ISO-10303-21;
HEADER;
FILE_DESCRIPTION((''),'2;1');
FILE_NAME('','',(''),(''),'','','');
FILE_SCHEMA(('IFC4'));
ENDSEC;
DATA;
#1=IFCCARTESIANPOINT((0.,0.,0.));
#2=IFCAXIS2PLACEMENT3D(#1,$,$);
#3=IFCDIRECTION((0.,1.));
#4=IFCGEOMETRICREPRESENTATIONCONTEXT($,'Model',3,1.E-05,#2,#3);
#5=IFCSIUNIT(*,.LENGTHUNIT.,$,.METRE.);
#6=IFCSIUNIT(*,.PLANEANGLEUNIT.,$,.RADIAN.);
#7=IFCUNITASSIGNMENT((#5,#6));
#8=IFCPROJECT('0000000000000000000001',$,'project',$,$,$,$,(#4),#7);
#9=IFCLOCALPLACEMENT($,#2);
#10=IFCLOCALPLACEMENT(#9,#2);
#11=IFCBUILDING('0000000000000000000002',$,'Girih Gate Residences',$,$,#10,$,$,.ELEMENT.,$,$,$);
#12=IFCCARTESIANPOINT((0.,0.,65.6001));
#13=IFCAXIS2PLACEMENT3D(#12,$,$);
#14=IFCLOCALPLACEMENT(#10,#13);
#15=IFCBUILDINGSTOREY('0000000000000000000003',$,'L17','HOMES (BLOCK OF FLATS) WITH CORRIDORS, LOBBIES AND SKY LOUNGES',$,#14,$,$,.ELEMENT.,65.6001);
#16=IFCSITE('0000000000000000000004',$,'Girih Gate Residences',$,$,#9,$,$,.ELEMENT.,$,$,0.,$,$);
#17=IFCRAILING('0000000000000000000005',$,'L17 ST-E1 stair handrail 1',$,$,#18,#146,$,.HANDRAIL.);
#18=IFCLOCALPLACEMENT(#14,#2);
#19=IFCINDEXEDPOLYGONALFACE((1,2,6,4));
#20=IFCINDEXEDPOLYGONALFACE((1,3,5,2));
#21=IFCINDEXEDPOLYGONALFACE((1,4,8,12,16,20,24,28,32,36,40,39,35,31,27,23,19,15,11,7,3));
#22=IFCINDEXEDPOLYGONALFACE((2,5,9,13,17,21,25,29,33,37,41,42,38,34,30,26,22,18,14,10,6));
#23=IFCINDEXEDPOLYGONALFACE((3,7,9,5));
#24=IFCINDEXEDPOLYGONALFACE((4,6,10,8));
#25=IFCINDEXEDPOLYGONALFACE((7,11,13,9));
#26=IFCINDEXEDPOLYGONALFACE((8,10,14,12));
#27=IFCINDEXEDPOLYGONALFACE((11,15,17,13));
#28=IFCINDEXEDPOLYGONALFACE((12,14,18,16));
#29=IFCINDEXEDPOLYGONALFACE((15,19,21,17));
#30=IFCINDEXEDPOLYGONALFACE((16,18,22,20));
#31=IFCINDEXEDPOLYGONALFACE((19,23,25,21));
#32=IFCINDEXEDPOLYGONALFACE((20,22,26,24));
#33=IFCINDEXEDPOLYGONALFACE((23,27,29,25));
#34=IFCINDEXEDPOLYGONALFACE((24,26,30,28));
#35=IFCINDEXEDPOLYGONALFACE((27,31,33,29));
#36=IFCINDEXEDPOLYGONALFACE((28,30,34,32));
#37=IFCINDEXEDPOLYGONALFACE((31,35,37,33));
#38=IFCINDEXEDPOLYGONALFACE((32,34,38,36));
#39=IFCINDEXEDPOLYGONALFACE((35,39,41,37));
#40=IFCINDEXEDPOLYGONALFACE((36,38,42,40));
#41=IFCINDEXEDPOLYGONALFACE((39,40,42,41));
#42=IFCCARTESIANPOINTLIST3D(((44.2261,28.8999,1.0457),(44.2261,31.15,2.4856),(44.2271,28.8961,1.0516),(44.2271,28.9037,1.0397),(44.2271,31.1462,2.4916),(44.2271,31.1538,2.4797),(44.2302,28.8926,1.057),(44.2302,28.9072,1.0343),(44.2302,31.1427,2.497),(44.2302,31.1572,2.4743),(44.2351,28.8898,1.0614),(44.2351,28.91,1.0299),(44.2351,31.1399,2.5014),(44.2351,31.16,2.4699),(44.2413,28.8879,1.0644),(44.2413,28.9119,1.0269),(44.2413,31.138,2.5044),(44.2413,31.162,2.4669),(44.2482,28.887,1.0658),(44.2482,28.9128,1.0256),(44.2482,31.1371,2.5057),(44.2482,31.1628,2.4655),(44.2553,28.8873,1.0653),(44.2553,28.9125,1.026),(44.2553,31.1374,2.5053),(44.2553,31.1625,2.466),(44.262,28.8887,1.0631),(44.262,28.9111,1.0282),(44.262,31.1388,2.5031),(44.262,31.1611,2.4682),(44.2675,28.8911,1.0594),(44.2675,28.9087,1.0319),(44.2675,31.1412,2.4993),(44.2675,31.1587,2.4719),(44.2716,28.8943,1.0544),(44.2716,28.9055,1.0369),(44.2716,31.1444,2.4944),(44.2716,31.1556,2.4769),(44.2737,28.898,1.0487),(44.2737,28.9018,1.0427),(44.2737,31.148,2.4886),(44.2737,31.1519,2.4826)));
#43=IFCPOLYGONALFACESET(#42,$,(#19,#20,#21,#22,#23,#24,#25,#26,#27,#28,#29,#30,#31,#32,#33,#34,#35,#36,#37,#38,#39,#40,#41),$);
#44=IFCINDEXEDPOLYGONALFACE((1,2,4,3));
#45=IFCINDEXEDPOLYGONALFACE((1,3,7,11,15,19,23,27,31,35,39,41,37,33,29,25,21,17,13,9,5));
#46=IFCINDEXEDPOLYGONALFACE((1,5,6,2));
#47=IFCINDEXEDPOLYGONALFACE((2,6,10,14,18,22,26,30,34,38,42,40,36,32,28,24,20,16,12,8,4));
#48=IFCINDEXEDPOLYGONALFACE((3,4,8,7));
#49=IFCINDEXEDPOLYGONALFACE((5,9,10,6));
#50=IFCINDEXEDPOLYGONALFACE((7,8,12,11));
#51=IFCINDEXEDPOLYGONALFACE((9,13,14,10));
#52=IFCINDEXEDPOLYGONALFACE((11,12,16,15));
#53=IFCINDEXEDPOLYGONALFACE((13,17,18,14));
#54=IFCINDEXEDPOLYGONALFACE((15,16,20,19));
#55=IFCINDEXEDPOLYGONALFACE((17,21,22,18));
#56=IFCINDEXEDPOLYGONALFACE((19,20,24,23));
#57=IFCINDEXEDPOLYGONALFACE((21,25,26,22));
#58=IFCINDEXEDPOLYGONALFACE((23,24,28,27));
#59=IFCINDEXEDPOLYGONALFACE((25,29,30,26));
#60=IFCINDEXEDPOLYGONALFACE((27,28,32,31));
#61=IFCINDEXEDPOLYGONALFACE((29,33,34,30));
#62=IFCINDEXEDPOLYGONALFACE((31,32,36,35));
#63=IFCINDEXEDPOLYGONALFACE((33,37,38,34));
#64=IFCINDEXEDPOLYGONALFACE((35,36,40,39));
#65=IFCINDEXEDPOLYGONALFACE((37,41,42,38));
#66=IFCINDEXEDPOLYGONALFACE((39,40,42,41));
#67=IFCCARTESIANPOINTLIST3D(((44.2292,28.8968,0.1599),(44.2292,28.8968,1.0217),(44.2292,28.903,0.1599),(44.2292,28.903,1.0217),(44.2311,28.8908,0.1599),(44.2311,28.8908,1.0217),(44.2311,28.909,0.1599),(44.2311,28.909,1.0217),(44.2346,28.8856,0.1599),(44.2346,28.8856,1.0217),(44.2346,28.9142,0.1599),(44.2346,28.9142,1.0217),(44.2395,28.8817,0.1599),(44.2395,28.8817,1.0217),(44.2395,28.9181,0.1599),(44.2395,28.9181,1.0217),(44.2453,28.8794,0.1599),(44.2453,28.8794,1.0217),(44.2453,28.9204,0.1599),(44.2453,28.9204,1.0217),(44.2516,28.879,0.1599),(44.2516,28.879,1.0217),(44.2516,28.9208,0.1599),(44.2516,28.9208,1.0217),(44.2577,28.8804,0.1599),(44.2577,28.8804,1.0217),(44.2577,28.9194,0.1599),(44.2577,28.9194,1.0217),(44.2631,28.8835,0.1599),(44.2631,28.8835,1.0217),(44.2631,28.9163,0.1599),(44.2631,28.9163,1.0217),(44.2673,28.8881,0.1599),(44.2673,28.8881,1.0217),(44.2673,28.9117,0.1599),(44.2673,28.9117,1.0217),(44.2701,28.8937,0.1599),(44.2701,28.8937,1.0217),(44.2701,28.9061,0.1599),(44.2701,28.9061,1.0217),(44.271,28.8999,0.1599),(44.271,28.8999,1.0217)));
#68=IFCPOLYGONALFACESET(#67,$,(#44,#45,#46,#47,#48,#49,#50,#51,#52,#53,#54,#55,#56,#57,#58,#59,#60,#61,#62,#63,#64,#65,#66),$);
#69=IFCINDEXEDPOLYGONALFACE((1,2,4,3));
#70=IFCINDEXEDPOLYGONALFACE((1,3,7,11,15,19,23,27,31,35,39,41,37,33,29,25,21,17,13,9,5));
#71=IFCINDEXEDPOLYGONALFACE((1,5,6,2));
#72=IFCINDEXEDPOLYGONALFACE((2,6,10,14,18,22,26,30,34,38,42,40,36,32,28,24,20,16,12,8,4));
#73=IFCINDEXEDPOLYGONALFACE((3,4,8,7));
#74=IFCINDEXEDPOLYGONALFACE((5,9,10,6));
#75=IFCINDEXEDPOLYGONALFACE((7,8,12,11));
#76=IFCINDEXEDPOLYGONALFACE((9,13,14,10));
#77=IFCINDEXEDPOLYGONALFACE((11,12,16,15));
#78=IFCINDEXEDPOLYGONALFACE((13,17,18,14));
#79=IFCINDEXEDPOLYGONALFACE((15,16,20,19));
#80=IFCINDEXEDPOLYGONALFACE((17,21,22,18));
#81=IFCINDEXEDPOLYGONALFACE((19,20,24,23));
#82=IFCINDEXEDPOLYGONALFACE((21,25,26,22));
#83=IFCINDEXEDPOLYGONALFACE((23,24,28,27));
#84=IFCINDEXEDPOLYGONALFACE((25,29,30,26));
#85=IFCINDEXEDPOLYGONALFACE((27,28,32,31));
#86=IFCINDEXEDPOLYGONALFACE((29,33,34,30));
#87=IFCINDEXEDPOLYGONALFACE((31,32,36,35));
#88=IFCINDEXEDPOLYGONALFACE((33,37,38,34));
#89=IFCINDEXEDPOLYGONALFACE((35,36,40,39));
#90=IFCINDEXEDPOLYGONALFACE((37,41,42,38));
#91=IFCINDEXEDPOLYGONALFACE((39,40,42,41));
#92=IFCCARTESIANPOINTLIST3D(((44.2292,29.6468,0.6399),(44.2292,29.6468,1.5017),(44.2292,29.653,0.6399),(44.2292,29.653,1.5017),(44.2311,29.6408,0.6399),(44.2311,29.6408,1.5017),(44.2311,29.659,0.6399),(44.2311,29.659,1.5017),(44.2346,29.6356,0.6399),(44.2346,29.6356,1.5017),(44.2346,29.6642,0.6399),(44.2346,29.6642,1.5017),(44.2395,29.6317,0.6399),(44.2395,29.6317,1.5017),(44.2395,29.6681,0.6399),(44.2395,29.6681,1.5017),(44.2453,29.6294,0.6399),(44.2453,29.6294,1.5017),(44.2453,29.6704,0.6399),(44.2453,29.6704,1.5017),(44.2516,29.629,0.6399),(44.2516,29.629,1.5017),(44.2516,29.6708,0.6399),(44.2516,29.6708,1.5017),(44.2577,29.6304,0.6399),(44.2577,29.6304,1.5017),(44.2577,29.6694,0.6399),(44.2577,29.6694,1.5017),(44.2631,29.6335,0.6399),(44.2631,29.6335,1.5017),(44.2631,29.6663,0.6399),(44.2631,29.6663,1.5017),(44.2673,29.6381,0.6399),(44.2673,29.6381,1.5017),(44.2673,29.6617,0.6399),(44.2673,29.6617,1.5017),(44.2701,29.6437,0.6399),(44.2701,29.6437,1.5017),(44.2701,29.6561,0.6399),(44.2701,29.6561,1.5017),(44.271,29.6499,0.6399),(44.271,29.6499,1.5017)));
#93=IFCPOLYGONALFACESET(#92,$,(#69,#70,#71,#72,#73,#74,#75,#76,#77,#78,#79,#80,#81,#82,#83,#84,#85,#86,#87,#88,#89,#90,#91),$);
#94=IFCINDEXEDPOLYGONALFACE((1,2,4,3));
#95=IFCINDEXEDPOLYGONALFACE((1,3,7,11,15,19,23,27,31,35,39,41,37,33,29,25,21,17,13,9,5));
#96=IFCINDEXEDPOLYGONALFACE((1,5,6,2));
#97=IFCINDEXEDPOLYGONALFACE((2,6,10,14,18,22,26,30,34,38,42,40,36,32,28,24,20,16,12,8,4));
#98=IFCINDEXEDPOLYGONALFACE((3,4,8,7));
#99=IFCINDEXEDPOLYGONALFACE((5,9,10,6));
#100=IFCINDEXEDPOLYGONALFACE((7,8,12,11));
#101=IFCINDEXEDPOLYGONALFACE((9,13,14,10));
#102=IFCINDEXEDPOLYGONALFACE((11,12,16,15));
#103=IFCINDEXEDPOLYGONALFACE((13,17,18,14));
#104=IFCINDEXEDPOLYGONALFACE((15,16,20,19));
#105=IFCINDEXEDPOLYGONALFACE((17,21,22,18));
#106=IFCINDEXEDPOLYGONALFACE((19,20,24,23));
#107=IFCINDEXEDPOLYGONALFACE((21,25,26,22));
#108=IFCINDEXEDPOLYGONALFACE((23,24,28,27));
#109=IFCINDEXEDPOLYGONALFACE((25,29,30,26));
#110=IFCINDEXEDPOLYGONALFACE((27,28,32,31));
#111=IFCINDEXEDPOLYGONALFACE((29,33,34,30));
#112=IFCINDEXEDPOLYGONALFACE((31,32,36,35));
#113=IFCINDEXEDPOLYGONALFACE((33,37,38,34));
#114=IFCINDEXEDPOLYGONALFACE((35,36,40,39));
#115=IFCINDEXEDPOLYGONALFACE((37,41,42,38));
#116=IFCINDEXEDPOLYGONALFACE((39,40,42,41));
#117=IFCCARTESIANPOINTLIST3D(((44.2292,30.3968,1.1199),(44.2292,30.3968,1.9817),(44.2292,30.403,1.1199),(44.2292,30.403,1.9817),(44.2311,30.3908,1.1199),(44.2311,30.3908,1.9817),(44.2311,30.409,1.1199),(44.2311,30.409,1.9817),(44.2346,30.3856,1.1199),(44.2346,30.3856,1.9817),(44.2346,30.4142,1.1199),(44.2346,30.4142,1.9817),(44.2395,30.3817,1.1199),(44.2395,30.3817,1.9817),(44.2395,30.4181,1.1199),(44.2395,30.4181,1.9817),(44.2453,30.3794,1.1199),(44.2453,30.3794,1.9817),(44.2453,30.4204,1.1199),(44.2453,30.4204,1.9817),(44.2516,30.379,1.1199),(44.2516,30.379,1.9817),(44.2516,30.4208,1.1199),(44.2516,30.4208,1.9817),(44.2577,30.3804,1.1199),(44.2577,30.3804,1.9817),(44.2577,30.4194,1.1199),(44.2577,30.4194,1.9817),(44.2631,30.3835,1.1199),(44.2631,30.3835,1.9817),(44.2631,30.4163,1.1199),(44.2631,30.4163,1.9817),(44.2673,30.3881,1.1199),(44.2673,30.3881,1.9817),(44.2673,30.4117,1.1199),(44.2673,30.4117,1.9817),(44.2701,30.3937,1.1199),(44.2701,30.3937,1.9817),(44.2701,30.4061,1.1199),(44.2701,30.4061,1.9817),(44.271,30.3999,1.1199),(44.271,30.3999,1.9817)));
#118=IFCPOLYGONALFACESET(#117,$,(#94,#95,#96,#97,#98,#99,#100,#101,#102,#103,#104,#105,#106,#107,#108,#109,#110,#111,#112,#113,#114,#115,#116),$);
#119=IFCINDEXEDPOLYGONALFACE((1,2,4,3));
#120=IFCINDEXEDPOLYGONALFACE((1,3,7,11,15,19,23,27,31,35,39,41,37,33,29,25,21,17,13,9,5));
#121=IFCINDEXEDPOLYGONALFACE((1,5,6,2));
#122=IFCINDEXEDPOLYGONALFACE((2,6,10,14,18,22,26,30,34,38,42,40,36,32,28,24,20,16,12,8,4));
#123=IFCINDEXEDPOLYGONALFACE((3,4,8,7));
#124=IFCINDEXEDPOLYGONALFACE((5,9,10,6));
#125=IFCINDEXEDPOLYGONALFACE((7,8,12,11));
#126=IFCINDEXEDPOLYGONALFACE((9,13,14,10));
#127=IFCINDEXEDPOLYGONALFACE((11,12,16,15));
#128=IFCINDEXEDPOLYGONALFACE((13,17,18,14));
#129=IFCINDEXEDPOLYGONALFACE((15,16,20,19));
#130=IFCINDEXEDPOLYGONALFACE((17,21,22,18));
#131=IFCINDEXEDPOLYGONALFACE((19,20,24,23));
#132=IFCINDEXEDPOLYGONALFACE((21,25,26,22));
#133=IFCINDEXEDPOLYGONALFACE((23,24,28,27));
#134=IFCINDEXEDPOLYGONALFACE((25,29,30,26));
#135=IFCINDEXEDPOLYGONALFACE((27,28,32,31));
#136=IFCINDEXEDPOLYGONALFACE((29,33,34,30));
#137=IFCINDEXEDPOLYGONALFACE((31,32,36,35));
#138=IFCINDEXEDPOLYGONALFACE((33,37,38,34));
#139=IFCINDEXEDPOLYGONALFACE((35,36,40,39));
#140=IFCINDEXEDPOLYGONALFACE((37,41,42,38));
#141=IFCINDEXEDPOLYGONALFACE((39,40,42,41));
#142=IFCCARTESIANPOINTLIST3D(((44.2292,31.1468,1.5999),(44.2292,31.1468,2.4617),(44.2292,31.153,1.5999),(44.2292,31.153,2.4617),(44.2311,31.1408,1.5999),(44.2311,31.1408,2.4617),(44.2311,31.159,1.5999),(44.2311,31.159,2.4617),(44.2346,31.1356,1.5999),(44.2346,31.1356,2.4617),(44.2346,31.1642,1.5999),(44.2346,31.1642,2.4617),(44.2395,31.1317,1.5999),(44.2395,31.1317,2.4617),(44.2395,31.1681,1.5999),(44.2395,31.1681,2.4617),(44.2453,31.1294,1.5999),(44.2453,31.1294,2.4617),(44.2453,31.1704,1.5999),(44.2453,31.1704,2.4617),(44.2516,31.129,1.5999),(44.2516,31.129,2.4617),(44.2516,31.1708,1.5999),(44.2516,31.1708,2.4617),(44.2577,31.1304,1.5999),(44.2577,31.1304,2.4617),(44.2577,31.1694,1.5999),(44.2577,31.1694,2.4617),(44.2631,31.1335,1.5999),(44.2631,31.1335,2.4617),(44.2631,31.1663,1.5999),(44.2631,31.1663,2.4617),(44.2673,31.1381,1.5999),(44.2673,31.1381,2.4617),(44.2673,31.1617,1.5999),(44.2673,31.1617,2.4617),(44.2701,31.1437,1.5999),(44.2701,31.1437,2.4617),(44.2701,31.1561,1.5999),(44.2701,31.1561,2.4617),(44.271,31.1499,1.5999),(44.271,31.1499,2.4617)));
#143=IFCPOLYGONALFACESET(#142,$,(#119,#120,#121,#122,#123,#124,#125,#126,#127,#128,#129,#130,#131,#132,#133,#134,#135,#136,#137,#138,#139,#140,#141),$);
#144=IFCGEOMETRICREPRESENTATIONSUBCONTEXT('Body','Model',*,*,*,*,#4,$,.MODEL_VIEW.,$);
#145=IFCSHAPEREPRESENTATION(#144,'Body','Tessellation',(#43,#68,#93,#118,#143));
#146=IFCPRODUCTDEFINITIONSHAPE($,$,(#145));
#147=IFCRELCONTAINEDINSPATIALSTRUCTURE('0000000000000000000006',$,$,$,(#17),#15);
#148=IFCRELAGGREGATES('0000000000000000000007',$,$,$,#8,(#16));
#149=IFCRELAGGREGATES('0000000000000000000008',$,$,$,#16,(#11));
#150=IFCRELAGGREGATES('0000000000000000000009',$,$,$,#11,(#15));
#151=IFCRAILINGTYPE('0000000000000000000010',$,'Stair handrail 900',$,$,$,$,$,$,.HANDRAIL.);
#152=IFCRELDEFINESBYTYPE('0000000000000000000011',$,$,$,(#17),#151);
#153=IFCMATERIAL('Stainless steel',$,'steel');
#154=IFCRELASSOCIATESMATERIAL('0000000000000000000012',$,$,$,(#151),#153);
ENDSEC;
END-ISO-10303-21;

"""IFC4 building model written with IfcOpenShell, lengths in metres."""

from ifc_helpers import new_model, si_unit, direction, frame, origin, origin_2d, place, context, subcontext, project, spatial, circle, extrude, material, type_object, element, save


model = new_model("IFC4")

# Units and contexts
model_context = context("Model", 3, precision=1e-05, world=origin(), true_north=direction((0.0, 1.0)))
body_context = subcontext(model_context, "Body", "Model", "MODEL_VIEW")
ifc_project = project(units=[si_unit("LENGTHUNIT", "METRE"), si_unit("PLANEANGLEUNIT", "RADIAN")], contexts=[model_context])

# Site, building, storey
site_placement = place(None, origin())
site = spatial("IfcSite", under=ifc_project, at=site_placement, Name="Girih Gate Residences", CompositionType="ELEMENT", RefElevation=0.0)
building_placement = place(site_placement, origin())
building = spatial("IfcBuilding", under=site, at=building_placement, Name="Girih Gate Residences", CompositionType="ELEMENT")
storey_placement = place(building_placement, frame((0.0, 0.0, 65.6001)))
storey = spatial("IfcBuildingStorey", under=building, at=storey_placement, Name="L17", Description="HOMES (BLOCK OF FLATS) WITH CORRIDORS, LOBBIES AND SKY LOUNGES", CompositionType="ELEMENT", Elevation=65.6001)

# Railing
ifc_material_1 = material(Name="Stainless steel", Category="steel")
railing_type_1 = type_object("IfcRailingType", Name="Stair handrail 900", PredefinedType="HANDRAIL", material=ifc_material_1)
railing_1_placement = place(storey_placement, frame((44.25, 28.8999, 0.1599)))
element("IfcRailing", 1, at=railing_1_placement, inside=storey, type_object=railing_type_1, Name="L17 ST-E1 stair handrail 1", PredefinedType="HANDRAIL", context=body_context, shape_type="SweptSolid", body=[
    extrude(circle(Radius=0.0239, at=origin_2d()), frame((0.0, 0.0, 0.8857), z_axis=(0.0, 0.842281, 0.539038), x_axis=(-1.0, 0.0, 0.0)), (0.0, 0.0, 1.0), 2.6714),
    extrude(circle(Radius=0.021, at=origin_2d()), origin(), (0.0, 0.0, 1.0), 0.8618),
    extrude(circle(Radius=0.021, at=origin_2d()), frame((0.0, 0.75, 0.48)), (0.0, 0.0, 1.0), 0.8618),
    extrude(circle(Radius=0.021, at=origin_2d()), frame((0.0, 1.5, 0.96)), (0.0, 0.0, 1.0), 0.8618),
    extrude(circle(Radius=0.021, at=origin_2d()), frame((0.0, 2.25, 1.4399)), (0.0, 0.0, 1.0), 0.8618),
])

save(model, "model.ifc")
